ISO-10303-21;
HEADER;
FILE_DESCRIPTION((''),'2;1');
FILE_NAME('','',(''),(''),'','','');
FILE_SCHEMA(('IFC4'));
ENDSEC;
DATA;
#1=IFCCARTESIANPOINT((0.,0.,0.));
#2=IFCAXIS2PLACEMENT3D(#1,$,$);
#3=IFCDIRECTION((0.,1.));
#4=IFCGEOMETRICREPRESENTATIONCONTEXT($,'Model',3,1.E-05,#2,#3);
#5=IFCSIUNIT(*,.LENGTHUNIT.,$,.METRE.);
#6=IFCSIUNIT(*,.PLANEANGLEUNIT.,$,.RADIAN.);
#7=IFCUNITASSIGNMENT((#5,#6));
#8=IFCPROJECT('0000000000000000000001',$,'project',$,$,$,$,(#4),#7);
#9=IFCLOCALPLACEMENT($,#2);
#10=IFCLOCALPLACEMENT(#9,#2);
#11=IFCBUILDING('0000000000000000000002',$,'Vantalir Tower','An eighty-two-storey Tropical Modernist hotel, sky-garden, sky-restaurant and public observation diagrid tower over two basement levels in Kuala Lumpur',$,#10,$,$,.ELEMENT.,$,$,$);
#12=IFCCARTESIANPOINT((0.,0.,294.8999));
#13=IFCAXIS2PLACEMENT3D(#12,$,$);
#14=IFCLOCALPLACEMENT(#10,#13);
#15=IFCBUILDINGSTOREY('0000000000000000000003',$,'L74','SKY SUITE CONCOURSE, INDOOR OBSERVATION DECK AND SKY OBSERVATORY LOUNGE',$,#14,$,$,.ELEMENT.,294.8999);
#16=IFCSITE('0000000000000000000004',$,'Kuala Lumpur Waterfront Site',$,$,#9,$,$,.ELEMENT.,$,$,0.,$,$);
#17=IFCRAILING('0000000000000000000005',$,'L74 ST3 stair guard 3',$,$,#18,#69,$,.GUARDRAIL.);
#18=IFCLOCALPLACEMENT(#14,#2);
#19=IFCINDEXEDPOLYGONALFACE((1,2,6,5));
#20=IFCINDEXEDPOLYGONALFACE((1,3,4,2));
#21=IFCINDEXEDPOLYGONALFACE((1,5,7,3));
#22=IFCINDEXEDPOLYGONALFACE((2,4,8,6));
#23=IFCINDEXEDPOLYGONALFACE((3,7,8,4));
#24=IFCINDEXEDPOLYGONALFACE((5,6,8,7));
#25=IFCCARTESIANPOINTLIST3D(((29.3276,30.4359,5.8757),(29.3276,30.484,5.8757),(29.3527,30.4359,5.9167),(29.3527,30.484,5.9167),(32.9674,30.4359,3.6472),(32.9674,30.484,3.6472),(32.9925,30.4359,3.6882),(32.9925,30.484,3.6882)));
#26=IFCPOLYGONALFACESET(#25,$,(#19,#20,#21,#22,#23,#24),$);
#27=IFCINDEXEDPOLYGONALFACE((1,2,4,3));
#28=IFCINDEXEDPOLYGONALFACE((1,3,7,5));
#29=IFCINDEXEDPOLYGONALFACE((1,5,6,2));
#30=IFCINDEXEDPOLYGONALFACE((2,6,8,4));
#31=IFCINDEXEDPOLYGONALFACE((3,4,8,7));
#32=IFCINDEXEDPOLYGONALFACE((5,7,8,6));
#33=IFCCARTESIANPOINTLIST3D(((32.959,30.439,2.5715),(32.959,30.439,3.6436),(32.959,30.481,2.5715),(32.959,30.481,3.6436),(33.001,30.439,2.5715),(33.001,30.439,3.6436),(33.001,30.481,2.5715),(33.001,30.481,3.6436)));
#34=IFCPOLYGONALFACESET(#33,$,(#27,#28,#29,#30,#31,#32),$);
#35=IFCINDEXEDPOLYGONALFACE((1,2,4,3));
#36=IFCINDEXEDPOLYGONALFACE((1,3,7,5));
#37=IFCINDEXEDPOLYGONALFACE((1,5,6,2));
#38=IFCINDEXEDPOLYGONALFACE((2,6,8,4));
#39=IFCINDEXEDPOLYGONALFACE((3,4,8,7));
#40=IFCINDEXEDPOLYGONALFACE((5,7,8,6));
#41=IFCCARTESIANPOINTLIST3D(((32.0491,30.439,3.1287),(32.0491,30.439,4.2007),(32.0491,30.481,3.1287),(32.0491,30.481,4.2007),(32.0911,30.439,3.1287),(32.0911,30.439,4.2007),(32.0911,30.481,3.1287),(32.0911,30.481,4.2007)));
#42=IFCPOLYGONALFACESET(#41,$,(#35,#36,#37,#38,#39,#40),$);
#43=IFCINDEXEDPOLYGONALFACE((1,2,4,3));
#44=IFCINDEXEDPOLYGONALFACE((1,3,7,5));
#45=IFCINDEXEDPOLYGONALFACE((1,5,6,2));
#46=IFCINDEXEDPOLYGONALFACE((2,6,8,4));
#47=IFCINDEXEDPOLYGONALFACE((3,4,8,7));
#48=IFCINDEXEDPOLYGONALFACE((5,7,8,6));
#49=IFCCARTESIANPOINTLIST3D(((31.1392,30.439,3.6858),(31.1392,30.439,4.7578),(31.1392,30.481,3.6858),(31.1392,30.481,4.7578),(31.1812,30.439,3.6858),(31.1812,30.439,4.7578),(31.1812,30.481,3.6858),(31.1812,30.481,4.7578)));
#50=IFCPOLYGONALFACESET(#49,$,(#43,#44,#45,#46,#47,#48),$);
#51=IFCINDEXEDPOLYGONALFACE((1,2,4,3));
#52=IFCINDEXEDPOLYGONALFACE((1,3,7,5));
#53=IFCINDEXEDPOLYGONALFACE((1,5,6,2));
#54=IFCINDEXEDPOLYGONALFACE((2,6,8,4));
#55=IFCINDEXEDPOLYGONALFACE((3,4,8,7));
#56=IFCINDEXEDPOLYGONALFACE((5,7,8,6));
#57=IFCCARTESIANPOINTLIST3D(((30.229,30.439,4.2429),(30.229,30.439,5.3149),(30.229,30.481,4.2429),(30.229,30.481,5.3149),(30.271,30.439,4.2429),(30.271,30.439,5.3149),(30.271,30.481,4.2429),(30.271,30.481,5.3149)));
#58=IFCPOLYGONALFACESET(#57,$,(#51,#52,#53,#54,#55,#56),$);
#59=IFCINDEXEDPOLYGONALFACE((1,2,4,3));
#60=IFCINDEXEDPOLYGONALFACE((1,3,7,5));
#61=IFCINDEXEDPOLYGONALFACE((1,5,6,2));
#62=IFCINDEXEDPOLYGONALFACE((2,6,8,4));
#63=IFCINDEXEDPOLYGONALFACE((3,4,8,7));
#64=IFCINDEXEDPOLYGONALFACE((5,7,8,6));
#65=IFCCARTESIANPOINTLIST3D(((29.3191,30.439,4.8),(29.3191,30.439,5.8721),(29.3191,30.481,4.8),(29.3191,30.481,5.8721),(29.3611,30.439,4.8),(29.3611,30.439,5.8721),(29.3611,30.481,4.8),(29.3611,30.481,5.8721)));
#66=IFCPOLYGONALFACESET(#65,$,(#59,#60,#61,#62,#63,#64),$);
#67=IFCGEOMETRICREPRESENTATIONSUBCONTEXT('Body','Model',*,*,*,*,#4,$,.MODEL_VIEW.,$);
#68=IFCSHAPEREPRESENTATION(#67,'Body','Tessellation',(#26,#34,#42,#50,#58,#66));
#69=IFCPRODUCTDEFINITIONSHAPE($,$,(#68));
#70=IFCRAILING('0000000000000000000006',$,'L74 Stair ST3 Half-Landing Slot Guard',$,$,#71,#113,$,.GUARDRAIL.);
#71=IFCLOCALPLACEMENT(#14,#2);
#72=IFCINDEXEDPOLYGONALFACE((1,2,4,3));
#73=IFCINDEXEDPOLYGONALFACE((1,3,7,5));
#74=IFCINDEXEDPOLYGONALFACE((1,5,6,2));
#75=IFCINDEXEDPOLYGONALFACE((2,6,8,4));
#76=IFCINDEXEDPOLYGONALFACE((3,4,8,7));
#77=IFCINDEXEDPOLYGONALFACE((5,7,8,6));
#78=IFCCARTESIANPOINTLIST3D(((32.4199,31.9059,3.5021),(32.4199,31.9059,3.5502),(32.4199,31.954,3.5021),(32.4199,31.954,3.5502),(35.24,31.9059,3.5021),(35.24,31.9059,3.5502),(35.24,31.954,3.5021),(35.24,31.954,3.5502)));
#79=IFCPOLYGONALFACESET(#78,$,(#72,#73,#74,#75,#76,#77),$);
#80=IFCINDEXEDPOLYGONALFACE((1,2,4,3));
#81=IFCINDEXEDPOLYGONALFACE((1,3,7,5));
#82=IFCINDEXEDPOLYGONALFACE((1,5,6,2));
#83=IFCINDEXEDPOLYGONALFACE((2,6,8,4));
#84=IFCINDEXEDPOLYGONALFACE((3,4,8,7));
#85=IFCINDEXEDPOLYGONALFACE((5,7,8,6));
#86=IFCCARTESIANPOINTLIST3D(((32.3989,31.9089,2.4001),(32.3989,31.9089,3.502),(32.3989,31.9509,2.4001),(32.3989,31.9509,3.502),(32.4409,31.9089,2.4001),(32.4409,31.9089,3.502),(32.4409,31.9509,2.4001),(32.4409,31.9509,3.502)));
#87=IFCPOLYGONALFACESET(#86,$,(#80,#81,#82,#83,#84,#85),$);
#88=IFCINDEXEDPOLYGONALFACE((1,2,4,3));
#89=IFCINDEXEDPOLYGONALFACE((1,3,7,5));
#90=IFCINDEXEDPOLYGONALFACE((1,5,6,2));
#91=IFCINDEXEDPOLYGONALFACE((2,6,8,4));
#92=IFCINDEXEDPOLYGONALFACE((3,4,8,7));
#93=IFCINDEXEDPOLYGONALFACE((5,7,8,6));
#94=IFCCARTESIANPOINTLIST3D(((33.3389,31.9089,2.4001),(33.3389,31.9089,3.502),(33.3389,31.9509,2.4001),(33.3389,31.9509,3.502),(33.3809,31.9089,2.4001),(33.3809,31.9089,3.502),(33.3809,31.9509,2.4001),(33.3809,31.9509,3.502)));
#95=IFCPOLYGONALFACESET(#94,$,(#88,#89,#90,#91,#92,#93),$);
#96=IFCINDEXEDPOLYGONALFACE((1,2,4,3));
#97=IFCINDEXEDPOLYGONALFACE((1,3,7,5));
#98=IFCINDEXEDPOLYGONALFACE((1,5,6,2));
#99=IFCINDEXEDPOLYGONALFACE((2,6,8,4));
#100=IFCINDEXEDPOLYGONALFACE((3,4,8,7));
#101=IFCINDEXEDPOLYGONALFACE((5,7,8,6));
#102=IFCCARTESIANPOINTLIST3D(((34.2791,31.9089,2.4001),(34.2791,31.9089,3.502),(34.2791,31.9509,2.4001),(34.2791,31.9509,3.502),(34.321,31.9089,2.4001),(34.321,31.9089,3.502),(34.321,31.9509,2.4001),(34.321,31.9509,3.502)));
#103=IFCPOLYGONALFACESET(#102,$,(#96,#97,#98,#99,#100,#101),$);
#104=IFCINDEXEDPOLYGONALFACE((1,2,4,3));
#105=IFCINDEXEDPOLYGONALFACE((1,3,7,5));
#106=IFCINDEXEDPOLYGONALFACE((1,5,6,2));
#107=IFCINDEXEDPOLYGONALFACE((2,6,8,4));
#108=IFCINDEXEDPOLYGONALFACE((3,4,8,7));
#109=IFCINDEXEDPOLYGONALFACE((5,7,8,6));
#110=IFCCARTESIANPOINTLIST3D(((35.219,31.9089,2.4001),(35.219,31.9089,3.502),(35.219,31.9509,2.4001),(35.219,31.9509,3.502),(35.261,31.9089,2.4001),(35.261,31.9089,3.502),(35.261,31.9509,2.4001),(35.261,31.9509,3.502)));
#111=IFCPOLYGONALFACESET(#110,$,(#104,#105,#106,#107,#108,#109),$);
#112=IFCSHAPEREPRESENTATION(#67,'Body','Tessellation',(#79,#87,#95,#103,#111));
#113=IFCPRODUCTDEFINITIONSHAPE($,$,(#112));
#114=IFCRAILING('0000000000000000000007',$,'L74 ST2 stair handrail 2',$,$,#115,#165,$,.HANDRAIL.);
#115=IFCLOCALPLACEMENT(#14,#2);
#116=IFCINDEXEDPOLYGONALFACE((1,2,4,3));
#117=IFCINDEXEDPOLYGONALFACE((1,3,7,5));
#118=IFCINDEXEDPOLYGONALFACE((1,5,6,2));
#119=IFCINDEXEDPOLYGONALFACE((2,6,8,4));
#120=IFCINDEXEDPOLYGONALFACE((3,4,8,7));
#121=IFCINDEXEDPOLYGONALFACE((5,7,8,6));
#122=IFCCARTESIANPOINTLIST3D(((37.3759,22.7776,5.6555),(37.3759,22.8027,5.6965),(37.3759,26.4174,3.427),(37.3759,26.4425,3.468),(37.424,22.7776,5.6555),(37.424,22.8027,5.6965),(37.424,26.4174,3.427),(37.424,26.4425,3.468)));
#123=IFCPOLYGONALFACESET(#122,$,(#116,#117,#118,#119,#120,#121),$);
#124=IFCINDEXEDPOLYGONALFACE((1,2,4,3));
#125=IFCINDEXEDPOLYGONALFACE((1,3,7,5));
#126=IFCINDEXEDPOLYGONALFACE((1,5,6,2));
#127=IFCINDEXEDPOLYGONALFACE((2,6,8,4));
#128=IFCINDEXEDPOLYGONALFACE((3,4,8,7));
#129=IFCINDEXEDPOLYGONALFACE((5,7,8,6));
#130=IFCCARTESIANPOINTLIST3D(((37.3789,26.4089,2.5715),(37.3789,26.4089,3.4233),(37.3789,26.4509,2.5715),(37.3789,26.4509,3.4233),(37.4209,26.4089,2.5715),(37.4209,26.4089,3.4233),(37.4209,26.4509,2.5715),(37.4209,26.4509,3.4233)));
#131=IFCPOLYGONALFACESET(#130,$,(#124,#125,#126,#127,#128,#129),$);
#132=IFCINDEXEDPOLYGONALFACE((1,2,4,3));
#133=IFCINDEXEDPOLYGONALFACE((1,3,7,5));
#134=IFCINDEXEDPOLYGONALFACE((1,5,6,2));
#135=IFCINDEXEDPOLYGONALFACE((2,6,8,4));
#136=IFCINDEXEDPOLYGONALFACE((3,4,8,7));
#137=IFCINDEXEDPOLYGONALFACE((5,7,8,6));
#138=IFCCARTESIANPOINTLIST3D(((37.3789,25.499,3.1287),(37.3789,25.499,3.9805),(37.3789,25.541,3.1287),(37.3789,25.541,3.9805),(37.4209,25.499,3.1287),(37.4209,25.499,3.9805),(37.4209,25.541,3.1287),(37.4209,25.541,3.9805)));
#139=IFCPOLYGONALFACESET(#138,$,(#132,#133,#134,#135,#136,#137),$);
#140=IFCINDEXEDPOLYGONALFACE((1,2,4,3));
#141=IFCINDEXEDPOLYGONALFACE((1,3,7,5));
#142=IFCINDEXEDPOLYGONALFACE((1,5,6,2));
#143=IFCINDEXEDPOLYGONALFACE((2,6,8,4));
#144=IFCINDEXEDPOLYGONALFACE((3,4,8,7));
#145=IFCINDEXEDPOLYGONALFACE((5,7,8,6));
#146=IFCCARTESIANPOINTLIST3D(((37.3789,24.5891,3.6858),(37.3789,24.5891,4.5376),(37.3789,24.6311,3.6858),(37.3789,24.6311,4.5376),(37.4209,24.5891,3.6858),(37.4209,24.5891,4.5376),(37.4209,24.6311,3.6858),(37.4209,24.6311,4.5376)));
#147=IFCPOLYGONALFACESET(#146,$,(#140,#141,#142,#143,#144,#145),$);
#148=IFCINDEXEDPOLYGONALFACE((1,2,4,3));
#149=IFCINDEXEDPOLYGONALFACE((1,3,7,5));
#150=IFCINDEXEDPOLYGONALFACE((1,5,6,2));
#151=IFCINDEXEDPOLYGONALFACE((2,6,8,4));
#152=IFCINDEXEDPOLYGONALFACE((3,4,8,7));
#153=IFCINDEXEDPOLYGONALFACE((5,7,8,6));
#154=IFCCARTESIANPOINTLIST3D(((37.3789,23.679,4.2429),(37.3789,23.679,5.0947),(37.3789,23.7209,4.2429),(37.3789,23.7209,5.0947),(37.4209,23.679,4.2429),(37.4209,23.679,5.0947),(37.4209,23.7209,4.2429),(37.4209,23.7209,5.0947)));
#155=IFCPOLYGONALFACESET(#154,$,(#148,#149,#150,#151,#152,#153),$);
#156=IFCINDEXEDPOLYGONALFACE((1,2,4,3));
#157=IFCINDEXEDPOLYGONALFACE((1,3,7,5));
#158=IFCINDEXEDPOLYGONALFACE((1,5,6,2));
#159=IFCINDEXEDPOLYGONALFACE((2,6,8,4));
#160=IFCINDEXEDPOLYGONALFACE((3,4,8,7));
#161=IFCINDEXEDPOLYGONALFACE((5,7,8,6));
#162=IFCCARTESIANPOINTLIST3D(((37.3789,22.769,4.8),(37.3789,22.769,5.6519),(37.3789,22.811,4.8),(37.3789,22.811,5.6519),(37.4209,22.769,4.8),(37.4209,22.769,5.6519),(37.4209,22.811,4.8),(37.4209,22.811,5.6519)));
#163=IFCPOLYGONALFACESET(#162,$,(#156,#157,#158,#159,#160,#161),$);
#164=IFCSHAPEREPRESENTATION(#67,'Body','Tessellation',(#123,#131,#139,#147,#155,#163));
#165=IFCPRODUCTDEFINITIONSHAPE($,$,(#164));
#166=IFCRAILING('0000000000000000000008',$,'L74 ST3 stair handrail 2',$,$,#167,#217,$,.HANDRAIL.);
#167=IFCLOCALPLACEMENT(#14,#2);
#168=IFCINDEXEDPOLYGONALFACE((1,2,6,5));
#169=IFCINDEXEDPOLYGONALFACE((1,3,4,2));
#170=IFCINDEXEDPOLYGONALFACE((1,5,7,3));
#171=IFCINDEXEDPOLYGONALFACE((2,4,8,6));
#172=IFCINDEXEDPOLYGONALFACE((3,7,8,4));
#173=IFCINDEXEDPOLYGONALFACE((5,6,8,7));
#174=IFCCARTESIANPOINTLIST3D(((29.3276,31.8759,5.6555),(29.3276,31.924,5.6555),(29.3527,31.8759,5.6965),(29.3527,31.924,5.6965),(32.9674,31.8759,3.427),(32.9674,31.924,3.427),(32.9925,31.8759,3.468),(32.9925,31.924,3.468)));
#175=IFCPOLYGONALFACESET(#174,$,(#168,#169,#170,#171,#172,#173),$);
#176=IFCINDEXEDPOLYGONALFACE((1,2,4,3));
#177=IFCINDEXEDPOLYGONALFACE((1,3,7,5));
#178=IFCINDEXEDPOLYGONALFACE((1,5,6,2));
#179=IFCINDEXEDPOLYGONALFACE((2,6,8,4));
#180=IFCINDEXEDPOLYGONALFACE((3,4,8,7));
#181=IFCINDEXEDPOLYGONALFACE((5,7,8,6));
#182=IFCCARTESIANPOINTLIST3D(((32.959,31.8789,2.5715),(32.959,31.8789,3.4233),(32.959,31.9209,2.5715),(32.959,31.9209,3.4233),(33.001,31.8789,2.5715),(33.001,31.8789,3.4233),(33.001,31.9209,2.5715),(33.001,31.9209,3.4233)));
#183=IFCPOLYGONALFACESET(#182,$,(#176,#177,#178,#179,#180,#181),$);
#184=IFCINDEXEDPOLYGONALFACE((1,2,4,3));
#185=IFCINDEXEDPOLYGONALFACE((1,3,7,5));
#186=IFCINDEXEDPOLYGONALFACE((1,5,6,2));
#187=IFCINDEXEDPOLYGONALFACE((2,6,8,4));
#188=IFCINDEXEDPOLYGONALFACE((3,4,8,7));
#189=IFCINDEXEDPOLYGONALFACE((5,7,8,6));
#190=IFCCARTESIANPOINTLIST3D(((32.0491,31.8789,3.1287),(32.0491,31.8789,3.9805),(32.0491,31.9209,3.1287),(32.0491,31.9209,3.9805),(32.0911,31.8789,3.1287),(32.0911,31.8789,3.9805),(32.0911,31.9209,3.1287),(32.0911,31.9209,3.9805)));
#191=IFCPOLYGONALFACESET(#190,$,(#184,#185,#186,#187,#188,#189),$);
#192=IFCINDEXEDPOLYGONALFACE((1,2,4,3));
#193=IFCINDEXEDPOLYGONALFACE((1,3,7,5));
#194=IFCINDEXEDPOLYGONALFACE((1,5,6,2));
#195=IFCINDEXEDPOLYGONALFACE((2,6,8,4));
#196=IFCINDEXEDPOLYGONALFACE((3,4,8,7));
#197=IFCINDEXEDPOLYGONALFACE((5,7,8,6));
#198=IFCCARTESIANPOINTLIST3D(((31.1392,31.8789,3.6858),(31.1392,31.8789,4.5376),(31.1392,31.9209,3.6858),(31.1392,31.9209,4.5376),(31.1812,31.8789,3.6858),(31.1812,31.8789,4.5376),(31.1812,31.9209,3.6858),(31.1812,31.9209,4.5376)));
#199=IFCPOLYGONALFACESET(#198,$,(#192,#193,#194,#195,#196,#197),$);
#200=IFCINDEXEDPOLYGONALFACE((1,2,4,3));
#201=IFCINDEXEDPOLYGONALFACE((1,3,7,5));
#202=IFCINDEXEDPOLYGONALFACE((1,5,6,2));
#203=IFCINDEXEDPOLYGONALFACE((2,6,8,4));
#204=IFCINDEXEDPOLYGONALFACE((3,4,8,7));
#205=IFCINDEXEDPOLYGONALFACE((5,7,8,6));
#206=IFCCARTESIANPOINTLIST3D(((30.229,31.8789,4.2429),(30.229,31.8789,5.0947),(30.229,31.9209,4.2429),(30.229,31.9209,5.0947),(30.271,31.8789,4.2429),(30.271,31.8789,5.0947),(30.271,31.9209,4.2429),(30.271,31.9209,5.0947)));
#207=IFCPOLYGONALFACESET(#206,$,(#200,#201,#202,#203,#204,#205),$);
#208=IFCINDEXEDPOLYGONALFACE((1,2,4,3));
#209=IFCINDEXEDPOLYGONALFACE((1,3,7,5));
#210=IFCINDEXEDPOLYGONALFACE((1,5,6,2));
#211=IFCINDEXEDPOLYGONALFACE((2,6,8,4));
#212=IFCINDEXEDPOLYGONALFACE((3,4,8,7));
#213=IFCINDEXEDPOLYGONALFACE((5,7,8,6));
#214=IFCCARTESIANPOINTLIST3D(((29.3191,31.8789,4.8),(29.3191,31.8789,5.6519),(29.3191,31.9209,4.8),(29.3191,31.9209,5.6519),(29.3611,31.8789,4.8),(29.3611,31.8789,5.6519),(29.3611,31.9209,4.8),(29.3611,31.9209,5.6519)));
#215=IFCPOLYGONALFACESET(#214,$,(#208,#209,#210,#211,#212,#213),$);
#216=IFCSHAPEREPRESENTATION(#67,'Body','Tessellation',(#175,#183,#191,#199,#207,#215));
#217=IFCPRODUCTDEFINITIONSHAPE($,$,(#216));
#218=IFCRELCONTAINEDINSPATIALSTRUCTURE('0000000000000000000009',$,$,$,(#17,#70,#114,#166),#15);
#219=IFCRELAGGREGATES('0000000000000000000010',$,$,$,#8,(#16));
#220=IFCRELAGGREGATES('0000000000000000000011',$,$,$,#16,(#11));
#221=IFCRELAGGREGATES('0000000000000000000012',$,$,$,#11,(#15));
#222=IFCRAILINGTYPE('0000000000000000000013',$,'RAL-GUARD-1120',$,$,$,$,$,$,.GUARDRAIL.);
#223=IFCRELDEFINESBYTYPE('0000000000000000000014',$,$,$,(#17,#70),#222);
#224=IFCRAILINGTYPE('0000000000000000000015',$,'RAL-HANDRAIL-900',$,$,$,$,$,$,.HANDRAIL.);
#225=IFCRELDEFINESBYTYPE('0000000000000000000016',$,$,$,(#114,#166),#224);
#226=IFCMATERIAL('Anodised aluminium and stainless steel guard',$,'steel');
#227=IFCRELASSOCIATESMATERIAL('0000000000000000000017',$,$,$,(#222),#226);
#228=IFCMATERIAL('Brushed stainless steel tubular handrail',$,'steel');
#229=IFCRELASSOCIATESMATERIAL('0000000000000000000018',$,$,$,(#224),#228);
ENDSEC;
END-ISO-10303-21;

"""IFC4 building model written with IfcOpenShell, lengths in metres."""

from ifc_helpers import new_model, si_unit, direction, frame, origin, origin_2d, place, context, subcontext, project, spatial, rectangle, extrude, material, type_object, element, save


model = new_model("IFC4")

# Units and contexts
model_context = context("Model", 3, precision=1e-05, world=origin(), true_north=direction((0.0, 1.0)))
body_context = subcontext(model_context, "Body", "Model", "MODEL_VIEW")
ifc_project = project(units=[si_unit("LENGTHUNIT", "METRE"), si_unit("PLANEANGLEUNIT", "RADIAN")], contexts=[model_context])

# Site, building, storey
site_placement = place(None, origin())
site = spatial("IfcSite", under=ifc_project, at=site_placement, Name="Kuala Lumpur Waterfront Site", CompositionType="ELEMENT", RefElevation=0.0)
building_placement = place(site_placement, origin())
building = spatial("IfcBuilding", under=site, at=building_placement, Name="Vantalir Tower", Description="An eighty-two-storey Tropical Modernist hotel, sky-garden, sky-restaurant and public observation diagrid tower over two basement levels in Kuala Lumpur", CompositionType="ELEMENT")
storey_placement = place(building_placement, frame((0.0, 0.0, 294.8999)))
storey = spatial("IfcBuildingStorey", under=building, at=storey_placement, Name="L74", Description="SKY SUITE CONCOURSE, INDOOR OBSERVATION DECK AND SKY OBSERVATORY LOUNGE", CompositionType="ELEMENT", Elevation=294.8999)

# Railings
ifc_material_1 = material(Name="Anodised aluminium and stainless steel guard", Category="steel")
railing_type_1 = type_object("IfcRailingType", Name="RAL-GUARD-1120", PredefinedType="GUARDRAIL", material=ifc_material_1)
railing_1_placement = place(storey_placement, frame((32.98, 30.46, 2.5715)))
element("IfcRailing", 1, at=railing_1_placement, inside=storey, type_object=railing_type_1, Name="L74 ST3 stair guard 3", PredefinedType="GUARDRAIL", context=body_context, shape_type="SweptSolid", body=[
    extrude(rectangle(XDim=0.0481, YDim=0.0481, at=origin_2d()), frame((0.0, 0.0, 1.0962), z_axis=(-0.85285, 0.0, 0.522156), x_axis=(0.0, -1.0, 0.0)), (0.0, 0.0, 1.0), 4.2678),
    extrude(rectangle(XDim=0.042, YDim=0.042, at=origin_2d()), origin(), (0.0, 0.0, 1.0), 1.072),
    extrude(rectangle(XDim=0.042, YDim=0.042, at=origin_2d()), frame((-0.9099, 0.0, 0.5571)), (0.0, 0.0, 1.0), 1.072),
    extrude(rectangle(XDim=0.042, YDim=0.042, at=origin_2d()), frame((-1.8198, 0.0, 1.1143)), (0.0, 0.0, 1.0), 1.072),
    extrude(rectangle(XDim=0.042, YDim=0.042, at=origin_2d()), frame((-2.73, 0.0, 1.6714)), (0.0, 0.0, 1.0), 1.072),
    extrude(rectangle(XDim=0.042, YDim=0.042, at=origin_2d()), frame((-3.6399, 0.0, 2.2285)), (0.0, 0.0, 1.0), 1.072),
])
railing_2_placement = place(storey_placement, frame((32.4199, 31.9299, 2.4001)))
element("IfcRailing", 2, at=railing_2_placement, inside=storey, type_object=railing_type_1, Name="L74 Stair ST3 Half-Landing Slot Guard", PredefinedType="GUARDRAIL", context=body_context, shape_type="SweptSolid", body=[
    extrude(rectangle(XDim=0.0481, YDim=0.0481, at=origin_2d()), frame((0.0, 0.0, 1.126), z_axis=(1.0, 0.0, 0.0), x_axis=(0.0, 1.0, 0.0)), (0.0, 0.0, 1.0), 2.8201),
    extrude(rectangle(XDim=0.042, YDim=0.042, at=origin_2d()), origin(), (0.0, 0.0, 1.0), 1.1018),
    extrude(rectangle(XDim=0.042, YDim=0.042, at=origin_2d()), frame((0.9399, 0.0, 0.0)), (0.0, 0.0, 1.0), 1.1018),
    extrude(rectangle(XDim=0.042, YDim=0.042, at=origin_2d()), frame((1.8801, 0.0, 0.0)), (0.0, 0.0, 1.0), 1.1018),
    extrude(rectangle(XDim=0.042, YDim=0.042, at=origin_2d()), frame((2.8201, 0.0, 0.0)), (0.0, 0.0, 1.0), 1.1018),
])
ifc_material_2 = material(Name="Brushed stainless steel tubular handrail", Category="steel")
railing_type_2 = type_object("IfcRailingType", Name="RAL-HANDRAIL-900", PredefinedType="HANDRAIL", material=ifc_material_2)
railing_3_placement = place(storey_placement, frame((37.3999, 26.4299, 2.5715)))
element("IfcRailing", 3, at=railing_3_placement, inside=storey, type_object=railing_type_2, Name="L74 ST2 stair handrail 2", PredefinedType="HANDRAIL", context=body_context, shape_type="SweptSolid", body=[
    extrude(rectangle(XDim=0.0481, YDim=0.0481, at=origin_2d()), frame((0.0, 0.0, 0.876), z_axis=(0.0, -0.85285, 0.522156), x_axis=(1.0, 0.0, 0.0)), (0.0, 0.0, 1.0), 4.2678),
    extrude(rectangle(XDim=0.042, YDim=0.042, at=origin_2d()), origin(), (0.0, 0.0, 1.0), 0.8518),
    extrude(rectangle(XDim=0.042, YDim=0.042, at=origin_2d()), frame((0.0, -0.9099, 0.5571)), (0.0, 0.0, 1.0), 0.8518),
    extrude(rectangle(XDim=0.042, YDim=0.042, at=origin_2d()), frame((0.0, -1.8198, 1.1143)), (0.0, 0.0, 1.0), 0.8518),
    extrude(rectangle(XDim=0.042, YDim=0.042, at=origin_2d()), frame((0.0, -2.73, 1.6714)), (0.0, 0.0, 1.0), 0.8518),
    extrude(rectangle(XDim=0.042, YDim=0.042, at=origin_2d()), frame((0.0, -3.6399, 2.2285)), (0.0, 0.0, 1.0), 0.8518),
])
railing_4_placement = place(storey_placement, frame((32.98, 31.8999, 2.5715)))
element("IfcRailing", 4, at=railing_4_placement, inside=storey, type_object=railing_type_2, Name="L74 ST3 stair handrail 2", PredefinedType="HANDRAIL", context=body_context, shape_type="SweptSolid", body=[
    extrude(rectangle(XDim=0.0481, YDim=0.0481, at=origin_2d()), frame((0.0, 0.0, 0.876), z_axis=(-0.85285, 0.0, 0.522156), x_axis=(0.0, -1.0, 0.0)), (0.0, 0.0, 1.0), 4.2678),
    extrude(rectangle(XDim=0.042, YDim=0.042, at=origin_2d()), origin(), (0.0, 0.0, 1.0), 0.8518),
    extrude(rectangle(XDim=0.042, YDim=0.042, at=origin_2d()), frame((-0.9099, 0.0, 0.5571)), (0.0, 0.0, 1.0), 0.8518),
    extrude(rectangle(XDim=0.042, YDim=0.042, at=origin_2d()), frame((-1.8198, 0.0, 1.1143)), (0.0, 0.0, 1.0), 0.8518),
    extrude(rectangle(XDim=0.042, YDim=0.042, at=origin_2d()), frame((-2.73, 0.0, 1.6714)), (0.0, 0.0, 1.0), 0.8518),
    extrude(rectangle(XDim=0.042, YDim=0.042, at=origin_2d()), frame((-3.6399, 0.0, 2.2285)), (0.0, 0.0, 1.0), 0.8518),
])

save(model, "model.ifc")
